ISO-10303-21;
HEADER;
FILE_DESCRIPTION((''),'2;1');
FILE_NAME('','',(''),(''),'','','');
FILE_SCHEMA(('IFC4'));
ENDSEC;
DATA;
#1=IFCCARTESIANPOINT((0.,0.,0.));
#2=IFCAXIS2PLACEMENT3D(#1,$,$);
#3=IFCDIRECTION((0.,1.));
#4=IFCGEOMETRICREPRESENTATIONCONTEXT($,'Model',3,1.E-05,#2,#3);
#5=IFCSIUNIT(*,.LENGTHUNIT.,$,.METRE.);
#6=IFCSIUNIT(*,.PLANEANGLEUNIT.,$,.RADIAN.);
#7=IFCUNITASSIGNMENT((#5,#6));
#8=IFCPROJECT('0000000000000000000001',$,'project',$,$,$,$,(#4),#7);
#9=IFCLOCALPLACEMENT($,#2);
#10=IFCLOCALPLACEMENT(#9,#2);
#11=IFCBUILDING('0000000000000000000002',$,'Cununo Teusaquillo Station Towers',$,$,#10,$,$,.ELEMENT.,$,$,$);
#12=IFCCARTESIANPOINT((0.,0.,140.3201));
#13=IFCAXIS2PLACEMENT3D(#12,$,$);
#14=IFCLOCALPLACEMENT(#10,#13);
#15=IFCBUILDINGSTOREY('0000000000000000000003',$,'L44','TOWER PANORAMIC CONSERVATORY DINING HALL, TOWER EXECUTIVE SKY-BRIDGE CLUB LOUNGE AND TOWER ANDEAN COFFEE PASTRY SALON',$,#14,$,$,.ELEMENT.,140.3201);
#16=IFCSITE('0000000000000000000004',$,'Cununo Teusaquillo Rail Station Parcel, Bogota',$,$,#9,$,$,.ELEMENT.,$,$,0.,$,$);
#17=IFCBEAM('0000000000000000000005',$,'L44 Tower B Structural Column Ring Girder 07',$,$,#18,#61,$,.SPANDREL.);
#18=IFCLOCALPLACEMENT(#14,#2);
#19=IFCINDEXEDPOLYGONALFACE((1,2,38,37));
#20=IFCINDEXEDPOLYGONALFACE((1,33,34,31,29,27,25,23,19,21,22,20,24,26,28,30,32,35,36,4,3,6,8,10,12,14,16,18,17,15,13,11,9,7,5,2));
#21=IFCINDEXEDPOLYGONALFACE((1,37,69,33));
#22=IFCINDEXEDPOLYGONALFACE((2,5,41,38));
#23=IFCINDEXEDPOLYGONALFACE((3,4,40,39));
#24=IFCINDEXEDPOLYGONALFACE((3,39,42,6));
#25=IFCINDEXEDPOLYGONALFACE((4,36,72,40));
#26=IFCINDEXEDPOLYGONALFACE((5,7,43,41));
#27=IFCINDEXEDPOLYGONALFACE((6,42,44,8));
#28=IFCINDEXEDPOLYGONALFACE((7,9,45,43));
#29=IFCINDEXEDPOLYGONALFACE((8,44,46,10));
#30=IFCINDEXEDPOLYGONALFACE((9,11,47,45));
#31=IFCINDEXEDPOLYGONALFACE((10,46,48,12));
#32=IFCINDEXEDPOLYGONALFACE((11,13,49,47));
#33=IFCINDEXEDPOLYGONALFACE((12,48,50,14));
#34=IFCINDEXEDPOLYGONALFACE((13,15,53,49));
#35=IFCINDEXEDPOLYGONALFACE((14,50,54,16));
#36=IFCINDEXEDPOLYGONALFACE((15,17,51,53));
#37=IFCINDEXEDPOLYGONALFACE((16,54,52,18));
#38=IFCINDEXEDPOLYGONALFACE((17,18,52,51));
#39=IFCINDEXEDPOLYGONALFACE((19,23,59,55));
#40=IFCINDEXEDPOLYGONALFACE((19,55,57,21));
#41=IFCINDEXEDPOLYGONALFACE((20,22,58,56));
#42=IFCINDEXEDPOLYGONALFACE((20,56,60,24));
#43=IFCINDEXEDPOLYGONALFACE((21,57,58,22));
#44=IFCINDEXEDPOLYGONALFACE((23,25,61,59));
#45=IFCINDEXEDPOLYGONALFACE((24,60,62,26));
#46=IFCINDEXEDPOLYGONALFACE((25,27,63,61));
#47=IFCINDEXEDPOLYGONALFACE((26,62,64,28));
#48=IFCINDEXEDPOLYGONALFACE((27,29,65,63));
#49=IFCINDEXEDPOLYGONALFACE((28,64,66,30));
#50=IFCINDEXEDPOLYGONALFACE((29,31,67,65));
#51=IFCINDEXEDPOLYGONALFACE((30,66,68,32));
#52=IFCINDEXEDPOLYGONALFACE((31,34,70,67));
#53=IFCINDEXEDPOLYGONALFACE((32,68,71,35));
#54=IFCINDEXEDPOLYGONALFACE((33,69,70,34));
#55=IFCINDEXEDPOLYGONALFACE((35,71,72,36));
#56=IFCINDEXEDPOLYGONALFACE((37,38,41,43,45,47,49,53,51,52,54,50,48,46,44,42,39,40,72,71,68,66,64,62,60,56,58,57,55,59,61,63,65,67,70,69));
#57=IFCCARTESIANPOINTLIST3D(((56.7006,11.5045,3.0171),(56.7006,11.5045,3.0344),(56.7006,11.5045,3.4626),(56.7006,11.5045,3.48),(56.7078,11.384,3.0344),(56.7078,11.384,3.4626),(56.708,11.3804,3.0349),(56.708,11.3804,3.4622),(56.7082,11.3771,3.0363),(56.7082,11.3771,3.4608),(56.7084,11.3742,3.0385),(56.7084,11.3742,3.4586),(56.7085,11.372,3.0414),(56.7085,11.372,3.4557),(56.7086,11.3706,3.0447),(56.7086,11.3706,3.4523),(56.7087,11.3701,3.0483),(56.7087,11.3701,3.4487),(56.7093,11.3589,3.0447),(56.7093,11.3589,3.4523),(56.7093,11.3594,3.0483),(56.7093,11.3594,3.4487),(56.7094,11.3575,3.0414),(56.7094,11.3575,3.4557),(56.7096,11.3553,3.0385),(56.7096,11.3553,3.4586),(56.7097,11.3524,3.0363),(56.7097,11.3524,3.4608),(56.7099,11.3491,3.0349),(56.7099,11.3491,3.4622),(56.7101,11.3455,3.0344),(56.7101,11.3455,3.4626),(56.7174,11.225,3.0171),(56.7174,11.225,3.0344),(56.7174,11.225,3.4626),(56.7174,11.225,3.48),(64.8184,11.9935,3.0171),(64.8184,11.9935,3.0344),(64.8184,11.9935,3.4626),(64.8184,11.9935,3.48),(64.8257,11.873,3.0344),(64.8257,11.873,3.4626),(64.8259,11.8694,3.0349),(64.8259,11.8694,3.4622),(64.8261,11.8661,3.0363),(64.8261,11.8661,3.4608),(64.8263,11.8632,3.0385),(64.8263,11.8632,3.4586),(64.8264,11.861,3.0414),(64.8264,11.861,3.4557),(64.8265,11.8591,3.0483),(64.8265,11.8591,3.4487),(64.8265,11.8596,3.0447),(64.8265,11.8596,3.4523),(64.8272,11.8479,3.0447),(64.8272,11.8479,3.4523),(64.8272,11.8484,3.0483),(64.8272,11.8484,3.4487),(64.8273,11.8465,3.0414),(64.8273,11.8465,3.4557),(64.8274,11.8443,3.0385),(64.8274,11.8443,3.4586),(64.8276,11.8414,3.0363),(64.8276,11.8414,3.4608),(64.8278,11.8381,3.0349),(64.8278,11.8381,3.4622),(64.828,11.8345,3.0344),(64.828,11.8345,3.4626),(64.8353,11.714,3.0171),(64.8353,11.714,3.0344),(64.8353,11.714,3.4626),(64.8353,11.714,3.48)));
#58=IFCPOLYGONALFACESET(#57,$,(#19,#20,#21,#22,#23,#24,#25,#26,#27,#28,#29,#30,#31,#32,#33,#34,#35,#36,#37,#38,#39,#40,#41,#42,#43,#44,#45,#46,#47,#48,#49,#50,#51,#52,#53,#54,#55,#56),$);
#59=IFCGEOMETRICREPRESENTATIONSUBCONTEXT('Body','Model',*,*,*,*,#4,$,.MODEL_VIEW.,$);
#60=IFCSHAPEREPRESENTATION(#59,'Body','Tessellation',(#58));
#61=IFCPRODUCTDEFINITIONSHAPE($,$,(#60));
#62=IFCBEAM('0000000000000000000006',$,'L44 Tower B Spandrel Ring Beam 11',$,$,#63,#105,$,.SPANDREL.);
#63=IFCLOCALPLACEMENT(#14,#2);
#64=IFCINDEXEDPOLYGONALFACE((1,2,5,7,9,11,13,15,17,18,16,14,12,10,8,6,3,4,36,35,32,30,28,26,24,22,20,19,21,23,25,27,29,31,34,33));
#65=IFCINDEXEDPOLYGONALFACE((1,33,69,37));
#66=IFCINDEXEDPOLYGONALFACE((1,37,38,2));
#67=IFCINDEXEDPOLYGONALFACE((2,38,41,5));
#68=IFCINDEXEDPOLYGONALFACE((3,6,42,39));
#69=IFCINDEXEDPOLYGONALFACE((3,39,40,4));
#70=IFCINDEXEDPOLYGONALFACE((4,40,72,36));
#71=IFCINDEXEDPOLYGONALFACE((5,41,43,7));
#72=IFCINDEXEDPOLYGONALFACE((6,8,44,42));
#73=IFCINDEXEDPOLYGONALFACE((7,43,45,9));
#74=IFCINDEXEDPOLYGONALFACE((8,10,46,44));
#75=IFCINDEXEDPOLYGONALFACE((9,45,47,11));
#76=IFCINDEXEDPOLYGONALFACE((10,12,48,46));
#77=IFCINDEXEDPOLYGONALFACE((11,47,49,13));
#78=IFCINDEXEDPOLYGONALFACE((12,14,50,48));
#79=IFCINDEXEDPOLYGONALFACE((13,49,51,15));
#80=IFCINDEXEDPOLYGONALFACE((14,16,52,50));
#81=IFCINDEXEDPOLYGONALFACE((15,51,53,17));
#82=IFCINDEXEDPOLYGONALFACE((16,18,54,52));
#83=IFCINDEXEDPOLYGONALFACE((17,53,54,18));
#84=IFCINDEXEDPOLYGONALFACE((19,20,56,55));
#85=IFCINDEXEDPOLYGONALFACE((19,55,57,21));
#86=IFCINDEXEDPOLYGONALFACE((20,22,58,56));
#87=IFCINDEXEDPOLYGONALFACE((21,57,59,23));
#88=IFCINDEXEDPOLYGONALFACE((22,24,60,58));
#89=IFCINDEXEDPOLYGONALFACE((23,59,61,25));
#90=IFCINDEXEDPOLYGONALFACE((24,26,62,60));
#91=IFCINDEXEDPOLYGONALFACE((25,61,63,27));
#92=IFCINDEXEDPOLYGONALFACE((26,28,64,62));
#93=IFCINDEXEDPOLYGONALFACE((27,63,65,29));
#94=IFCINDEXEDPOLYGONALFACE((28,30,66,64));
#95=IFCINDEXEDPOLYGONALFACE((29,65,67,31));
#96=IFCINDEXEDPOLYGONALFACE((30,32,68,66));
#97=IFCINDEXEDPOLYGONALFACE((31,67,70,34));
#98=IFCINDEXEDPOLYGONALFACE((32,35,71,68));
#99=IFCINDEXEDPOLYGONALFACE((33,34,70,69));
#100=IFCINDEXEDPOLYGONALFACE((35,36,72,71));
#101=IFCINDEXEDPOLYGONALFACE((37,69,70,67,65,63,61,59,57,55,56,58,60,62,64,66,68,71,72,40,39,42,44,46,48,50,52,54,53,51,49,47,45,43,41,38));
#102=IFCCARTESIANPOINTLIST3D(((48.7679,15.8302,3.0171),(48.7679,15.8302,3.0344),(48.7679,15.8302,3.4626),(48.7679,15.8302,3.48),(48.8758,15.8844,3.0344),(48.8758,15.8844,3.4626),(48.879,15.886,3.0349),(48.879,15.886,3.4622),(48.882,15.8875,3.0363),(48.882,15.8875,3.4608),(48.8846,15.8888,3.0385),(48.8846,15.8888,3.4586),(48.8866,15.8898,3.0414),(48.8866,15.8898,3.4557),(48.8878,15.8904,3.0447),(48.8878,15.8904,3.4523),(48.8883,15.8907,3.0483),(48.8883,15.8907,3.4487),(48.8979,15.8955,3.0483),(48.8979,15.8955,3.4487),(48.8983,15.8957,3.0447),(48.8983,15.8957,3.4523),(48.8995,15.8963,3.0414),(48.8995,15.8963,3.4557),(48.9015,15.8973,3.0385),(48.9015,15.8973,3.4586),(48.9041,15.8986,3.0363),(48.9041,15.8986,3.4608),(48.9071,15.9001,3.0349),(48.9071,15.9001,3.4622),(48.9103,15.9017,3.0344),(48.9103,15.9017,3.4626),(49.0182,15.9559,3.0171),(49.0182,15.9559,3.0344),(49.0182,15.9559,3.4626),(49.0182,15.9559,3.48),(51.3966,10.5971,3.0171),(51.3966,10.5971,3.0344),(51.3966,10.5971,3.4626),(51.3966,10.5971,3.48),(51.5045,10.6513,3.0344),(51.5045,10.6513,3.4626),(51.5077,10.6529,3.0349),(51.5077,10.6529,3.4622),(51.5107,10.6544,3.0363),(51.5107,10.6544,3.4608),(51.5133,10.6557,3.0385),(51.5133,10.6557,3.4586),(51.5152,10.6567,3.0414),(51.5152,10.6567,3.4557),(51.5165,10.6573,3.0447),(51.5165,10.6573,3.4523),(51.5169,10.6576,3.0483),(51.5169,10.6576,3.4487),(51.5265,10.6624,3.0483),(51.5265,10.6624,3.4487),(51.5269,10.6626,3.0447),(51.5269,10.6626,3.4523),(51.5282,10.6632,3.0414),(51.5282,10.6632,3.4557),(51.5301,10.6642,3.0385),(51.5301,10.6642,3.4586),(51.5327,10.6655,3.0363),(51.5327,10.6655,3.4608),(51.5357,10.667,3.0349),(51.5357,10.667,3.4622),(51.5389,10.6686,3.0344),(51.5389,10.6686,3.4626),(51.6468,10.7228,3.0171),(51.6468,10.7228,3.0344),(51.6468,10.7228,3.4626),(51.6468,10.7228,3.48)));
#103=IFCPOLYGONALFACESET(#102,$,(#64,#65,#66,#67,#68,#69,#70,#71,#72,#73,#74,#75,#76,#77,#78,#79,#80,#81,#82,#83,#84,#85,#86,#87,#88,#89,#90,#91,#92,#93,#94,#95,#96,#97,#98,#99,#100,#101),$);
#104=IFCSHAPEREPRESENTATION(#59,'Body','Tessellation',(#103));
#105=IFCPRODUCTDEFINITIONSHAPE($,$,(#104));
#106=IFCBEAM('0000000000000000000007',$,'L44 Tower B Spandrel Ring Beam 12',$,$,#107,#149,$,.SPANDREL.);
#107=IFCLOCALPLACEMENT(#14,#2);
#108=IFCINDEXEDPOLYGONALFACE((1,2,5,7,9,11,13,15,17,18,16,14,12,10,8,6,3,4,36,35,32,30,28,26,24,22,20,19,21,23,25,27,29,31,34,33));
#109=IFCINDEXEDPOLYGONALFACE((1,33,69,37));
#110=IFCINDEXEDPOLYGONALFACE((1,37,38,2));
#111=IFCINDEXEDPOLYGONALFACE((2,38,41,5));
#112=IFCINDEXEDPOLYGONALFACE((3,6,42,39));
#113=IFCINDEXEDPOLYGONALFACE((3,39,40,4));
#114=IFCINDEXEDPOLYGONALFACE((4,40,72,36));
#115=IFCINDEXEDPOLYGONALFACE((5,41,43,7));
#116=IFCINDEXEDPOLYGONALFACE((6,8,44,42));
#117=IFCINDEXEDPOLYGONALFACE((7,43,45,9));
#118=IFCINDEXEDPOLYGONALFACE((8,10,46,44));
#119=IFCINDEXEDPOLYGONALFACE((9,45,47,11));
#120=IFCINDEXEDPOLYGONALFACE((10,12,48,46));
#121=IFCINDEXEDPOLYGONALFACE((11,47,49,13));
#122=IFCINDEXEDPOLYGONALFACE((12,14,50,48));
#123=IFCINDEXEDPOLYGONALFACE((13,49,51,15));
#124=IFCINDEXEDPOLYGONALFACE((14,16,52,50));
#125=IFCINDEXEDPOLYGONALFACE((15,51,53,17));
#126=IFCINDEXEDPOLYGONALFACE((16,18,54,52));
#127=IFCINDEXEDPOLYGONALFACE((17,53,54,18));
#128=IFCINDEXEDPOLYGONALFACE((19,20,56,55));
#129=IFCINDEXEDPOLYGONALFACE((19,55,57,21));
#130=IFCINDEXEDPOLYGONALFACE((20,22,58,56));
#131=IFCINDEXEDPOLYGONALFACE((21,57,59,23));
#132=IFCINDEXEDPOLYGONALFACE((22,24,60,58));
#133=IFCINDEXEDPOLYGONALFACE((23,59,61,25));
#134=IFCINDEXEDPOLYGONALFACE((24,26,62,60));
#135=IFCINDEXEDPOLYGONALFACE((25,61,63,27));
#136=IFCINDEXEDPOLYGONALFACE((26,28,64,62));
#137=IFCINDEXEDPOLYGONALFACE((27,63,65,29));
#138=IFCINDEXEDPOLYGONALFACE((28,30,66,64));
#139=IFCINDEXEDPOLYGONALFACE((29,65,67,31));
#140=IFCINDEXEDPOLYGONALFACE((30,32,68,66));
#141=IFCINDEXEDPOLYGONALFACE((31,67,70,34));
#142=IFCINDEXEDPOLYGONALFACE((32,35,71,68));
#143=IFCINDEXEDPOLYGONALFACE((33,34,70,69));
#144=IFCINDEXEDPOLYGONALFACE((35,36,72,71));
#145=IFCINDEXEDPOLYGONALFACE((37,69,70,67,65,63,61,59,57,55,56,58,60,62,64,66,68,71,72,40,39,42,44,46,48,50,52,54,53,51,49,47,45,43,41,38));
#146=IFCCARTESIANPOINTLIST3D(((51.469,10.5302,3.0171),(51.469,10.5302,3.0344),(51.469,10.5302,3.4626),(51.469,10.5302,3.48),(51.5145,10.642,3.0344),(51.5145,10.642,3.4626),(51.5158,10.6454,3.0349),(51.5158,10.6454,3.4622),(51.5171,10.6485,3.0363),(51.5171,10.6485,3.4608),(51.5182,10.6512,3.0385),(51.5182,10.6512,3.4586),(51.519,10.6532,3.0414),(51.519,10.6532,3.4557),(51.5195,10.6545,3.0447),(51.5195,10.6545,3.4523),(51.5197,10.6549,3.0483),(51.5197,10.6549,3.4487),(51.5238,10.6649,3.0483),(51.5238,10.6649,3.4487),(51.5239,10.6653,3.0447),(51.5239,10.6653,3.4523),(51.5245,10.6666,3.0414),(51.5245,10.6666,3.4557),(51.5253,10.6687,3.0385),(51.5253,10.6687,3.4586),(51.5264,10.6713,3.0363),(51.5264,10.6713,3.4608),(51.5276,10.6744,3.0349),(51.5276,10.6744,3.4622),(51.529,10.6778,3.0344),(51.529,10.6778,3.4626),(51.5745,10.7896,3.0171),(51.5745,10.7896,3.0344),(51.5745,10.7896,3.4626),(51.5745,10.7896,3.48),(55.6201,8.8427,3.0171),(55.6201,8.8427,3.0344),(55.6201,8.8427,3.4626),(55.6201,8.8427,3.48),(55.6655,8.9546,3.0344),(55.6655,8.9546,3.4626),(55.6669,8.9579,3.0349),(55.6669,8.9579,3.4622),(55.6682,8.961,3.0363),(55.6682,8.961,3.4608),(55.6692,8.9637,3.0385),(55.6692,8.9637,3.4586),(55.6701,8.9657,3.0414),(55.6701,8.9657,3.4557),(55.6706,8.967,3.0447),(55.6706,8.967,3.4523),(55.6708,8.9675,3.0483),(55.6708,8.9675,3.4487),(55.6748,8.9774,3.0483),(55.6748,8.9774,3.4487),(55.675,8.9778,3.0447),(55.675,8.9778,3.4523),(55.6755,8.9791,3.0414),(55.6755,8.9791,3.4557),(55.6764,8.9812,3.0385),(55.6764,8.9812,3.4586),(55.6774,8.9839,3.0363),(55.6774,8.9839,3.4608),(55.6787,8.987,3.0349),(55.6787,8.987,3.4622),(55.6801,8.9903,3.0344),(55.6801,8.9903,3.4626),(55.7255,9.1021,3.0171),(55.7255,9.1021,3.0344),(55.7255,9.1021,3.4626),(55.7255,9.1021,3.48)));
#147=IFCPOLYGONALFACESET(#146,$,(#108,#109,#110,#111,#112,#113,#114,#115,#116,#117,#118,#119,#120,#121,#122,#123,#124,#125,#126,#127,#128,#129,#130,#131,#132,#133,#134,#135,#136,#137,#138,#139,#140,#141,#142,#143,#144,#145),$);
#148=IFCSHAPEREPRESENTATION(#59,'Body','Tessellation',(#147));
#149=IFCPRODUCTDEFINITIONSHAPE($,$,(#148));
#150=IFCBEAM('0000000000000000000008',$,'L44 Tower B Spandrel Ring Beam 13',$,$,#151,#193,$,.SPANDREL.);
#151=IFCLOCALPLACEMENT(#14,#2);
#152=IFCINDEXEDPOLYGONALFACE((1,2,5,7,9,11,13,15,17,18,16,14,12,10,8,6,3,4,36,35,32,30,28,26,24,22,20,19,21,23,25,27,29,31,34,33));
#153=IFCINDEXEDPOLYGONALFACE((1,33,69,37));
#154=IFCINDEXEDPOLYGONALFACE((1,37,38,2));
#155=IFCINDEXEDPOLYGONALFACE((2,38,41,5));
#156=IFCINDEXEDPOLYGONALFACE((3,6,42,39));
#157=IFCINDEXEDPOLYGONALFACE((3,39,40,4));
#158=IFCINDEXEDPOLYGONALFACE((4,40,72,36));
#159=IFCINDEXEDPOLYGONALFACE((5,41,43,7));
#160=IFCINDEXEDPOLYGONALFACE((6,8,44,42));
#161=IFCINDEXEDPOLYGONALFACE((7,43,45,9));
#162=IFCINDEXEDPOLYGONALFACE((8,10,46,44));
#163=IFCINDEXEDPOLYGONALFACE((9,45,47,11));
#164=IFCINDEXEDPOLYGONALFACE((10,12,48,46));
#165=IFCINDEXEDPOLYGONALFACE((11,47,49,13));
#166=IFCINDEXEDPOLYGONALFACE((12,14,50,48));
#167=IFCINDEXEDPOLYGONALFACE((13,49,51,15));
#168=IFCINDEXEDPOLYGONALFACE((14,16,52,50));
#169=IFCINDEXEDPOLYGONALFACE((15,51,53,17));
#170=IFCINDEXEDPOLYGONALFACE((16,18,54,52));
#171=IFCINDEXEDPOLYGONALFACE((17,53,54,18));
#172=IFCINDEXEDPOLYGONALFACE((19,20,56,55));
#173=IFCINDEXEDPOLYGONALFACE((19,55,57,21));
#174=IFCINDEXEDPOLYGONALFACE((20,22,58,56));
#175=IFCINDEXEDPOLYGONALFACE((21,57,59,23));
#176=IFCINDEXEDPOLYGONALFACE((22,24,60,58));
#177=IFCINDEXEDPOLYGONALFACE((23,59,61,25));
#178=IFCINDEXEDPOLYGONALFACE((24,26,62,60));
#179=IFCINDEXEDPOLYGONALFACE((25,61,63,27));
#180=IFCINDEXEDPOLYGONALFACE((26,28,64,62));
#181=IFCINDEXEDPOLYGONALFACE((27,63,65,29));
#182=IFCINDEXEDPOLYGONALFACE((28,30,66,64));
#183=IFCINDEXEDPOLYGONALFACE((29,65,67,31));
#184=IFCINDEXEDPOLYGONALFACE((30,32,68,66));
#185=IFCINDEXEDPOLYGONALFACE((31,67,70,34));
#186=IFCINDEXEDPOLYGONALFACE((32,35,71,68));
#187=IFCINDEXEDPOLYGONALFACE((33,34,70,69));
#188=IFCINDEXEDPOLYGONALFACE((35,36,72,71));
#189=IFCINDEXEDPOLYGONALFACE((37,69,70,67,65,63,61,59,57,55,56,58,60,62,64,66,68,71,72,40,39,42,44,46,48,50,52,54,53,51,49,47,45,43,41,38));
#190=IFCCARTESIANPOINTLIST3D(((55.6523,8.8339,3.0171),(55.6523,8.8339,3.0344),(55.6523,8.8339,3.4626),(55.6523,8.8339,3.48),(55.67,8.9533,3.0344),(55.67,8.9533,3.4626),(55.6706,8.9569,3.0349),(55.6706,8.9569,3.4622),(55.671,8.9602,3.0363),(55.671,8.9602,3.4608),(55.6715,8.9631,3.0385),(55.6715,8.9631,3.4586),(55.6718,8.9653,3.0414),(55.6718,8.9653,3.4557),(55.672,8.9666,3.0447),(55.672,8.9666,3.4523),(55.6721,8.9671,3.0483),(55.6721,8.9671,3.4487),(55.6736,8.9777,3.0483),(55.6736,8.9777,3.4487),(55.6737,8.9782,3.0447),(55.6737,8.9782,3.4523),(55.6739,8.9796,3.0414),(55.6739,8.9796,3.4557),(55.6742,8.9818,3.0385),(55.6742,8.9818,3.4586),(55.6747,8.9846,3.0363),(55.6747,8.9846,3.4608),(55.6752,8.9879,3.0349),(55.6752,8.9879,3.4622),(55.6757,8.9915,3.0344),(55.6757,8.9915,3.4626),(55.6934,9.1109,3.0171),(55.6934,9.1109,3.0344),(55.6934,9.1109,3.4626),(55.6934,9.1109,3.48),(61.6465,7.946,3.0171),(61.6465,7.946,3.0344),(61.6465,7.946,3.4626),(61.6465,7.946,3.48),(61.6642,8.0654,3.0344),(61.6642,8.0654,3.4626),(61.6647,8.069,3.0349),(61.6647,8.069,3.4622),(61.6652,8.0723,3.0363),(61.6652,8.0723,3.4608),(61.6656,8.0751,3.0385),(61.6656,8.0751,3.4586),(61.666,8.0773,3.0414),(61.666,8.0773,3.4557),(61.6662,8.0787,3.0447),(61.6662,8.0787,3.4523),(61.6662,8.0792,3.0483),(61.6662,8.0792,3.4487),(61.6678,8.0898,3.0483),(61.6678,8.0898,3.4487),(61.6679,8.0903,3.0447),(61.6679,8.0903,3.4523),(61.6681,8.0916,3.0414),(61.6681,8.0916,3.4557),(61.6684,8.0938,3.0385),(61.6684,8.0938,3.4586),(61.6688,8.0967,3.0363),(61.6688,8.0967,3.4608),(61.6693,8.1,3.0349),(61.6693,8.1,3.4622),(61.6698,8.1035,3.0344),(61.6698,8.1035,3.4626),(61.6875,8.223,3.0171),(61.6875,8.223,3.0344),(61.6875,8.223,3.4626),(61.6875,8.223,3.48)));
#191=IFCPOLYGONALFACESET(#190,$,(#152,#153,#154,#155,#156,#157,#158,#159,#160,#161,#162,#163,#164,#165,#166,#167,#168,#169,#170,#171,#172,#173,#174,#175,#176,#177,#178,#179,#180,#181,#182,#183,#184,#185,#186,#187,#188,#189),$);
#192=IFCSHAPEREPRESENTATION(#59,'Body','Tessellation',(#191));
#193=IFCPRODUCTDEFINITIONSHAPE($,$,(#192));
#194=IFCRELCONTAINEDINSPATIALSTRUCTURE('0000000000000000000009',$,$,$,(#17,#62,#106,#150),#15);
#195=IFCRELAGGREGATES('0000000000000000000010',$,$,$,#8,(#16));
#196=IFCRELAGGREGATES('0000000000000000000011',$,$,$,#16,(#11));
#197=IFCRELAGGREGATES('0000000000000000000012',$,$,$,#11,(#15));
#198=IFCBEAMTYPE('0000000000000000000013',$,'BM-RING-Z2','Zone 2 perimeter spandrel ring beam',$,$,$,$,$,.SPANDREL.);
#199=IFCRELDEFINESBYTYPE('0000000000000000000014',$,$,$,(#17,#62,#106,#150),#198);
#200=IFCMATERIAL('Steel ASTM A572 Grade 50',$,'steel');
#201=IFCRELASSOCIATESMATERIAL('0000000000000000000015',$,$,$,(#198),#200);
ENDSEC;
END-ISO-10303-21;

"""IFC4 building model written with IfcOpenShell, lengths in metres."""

from ifc_helpers import new_model, si_unit, direction, frame, origin, origin_2d, place, context, subcontext, project, spatial, i_section, extrude, material, material_profile, profile_set, type_object, element, save


model = new_model("IFC4")

# Units and contexts
model_context = context("Model", 3, precision=1e-05, world=origin(), true_north=direction((0.0, 1.0)))
body_context = subcontext(model_context, "Body", "Model", "MODEL_VIEW")
ifc_project = project(units=[si_unit("LENGTHUNIT", "METRE"), si_unit("PLANEANGLEUNIT", "RADIAN")], contexts=[model_context])

# Site, building, storey
site_placement = place(None, origin())
site = spatial("IfcSite", under=ifc_project, at=site_placement, Name="Cununo Teusaquillo Rail Station Parcel, Bogota", CompositionType="ELEMENT", RefElevation=0.0)
building_placement = place(site_placement, origin())
building = spatial("IfcBuilding", under=site, at=building_placement, Name="Cununo Teusaquillo Station Towers", CompositionType="ELEMENT")
storey_placement = place(building_placement, frame((0.0, 0.0, 140.3201)))
storey = spatial("IfcBuildingStorey", under=building, at=storey_placement, Name="L44", Description="TOWER PANORAMIC CONSERVATORY DINING HALL, TOWER EXECUTIVE SKY-BRIDGE CLUB LOUNGE AND TOWER ANDEAN COFFEE PASTRY SALON", CompositionType="ELEMENT", Elevation=140.3201)

# Beams
ifc_material_1 = material(Name="Steel ASTM A572 Grade 50", Category="steel")
ifc_material_profile_1 = material_profile(ifc_material_1, i_section(OverallWidth=0.28, OverallDepth=0.4629, WebThickness=0.0107, FlangeThickness=0.0173, FilletRadius=0.0139, at=origin_2d()), Name="W18X76")
ifc_profile_set_1 = profile_set([ifc_material_profile_1], Name="Steel ASTM A572 Grade 50")
beam_type = type_object("IfcBeamType", Name="BM-RING-Z2", Description="Zone 2 perimeter spandrel ring beam", PredefinedType="SPANDREL", material=ifc_profile_set_1)
beam_1_placement = place(storey_placement, frame((56.709, 11.3647, 3.2485), z_axis=(0.998191, 0.06013, 0.0), x_axis=(-0.06013, 0.998191, 0.0)))
element("IfcBeam", 1, at=beam_1_placement, inside=storey, type_object=beam_type, Name="L44 Tower B Structural Column Ring Girder 07", PredefinedType="SPANDREL", context=body_context, shape_type="SweptSolid", body=[
    extrude(i_section(OverallWidth=0.28, OverallDepth=0.4629, WebThickness=0.0107, FlangeThickness=0.0173, FilletRadius=0.0139, at=origin_2d()), origin(), (0.0, 0.0, 1.0), 8.1326),
])
beam_2_placement = place(storey_placement, frame((48.8931, 15.8931, 3.2485), z_axis=(0.448864, -0.8936, 0.0), x_axis=(0.8936, 0.448864, 0.0)))
element("IfcBeam", 2, at=beam_2_placement, inside=storey, type_object=beam_type, Name="L44 Tower B Spandrel Ring Beam 11", PredefinedType="SPANDREL", context=body_context, shape_type="SweptSolid", body=[
    extrude(i_section(OverallWidth=0.28, OverallDepth=0.4629, WebThickness=0.0107, FlangeThickness=0.0173, FilletRadius=0.0139, at=origin_2d()), origin(), (0.0, 0.0, 1.0), 5.8562),
])
beam_3_placement = place(storey_placement, frame((51.5217, 10.6599, 3.2485), z_axis=(0.92638, -0.376589, 0.0), x_axis=(0.376589, 0.92638, 0.0)))
element("IfcBeam", 3, at=beam_3_placement, inside=storey, type_object=beam_type, Name="L44 Tower B Spandrel Ring Beam 12", PredefinedType="SPANDREL", context=body_context, shape_type="SweptSolid", body=[
    extrude(i_section(OverallWidth=0.28, OverallDepth=0.4629, WebThickness=0.0107, FlangeThickness=0.0173, FilletRadius=0.0139, at=origin_2d()), origin(), (0.0, 0.0, 1.0), 4.481),
])
beam_4_placement = place(storey_placement, frame((55.6729, 8.9724, 3.2485), z_axis=(0.989205, -0.146536, 0.0), x_axis=(0.146536, 0.989205, 0.0)))
element("IfcBeam", 4, at=beam_4_placement, inside=storey, type_object=beam_type, Name="L44 Tower B Spandrel Ring Beam 13", PredefinedType="SPANDREL", context=body_context, shape_type="SweptSolid", body=[
    extrude(i_section(OverallWidth=0.28, OverallDepth=0.4629, WebThickness=0.0107, FlangeThickness=0.0173, FilletRadius=0.0139, at=origin_2d()), origin(), (0.0, 0.0, 1.0), 6.0596),
])

save(model, "model.ifc")
